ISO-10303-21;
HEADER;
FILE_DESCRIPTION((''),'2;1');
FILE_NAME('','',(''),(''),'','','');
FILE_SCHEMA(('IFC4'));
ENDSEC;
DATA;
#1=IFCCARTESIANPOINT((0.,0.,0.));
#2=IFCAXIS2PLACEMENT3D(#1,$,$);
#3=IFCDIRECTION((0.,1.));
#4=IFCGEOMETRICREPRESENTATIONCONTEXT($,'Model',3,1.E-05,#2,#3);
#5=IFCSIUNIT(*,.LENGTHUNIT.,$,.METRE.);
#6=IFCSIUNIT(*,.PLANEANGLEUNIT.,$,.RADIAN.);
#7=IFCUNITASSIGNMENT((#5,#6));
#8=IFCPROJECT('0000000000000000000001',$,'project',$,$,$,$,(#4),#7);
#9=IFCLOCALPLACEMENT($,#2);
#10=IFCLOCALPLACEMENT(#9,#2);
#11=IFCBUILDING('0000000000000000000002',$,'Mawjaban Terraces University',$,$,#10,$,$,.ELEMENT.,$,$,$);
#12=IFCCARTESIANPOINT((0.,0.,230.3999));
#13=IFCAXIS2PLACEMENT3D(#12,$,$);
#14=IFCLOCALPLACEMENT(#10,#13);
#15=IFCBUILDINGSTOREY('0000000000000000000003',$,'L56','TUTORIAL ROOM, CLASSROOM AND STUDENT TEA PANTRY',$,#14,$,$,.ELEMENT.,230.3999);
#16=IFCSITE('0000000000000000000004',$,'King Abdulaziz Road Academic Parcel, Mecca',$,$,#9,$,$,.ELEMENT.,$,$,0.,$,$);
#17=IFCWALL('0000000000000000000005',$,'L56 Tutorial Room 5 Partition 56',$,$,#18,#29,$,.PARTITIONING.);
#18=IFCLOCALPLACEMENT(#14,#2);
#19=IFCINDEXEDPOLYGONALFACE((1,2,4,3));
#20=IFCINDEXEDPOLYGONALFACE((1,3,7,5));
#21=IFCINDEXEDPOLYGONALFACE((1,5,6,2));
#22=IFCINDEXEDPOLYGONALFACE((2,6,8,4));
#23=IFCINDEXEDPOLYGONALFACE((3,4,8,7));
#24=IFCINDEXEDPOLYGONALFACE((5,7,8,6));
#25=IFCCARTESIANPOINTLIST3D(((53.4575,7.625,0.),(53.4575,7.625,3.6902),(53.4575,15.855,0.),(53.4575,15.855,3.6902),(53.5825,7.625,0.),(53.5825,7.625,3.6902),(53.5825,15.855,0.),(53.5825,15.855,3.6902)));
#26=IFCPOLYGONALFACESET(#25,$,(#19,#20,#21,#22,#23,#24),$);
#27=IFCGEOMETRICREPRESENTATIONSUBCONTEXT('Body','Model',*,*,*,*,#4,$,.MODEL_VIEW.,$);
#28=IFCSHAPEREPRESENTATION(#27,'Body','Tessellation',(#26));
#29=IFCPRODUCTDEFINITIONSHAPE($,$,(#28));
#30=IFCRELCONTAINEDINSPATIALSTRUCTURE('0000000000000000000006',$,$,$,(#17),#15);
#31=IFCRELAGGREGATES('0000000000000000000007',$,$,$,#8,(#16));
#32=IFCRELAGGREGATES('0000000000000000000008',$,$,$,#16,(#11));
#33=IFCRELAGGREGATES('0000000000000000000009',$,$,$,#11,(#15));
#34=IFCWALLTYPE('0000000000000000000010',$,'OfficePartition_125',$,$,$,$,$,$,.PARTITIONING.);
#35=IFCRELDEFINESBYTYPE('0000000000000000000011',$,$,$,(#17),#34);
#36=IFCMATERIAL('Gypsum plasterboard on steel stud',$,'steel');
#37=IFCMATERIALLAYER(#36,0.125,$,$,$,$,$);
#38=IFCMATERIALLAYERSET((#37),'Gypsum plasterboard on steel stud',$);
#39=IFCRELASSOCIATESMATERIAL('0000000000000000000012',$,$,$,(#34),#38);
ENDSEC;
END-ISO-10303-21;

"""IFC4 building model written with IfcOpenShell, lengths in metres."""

from ifc_helpers import new_model, si_unit, direction, frame, frame_2d, origin, place, context, subcontext, project, spatial, rectangle, extrude, material, layer, layer_set, type_object, element, save


model = new_model("IFC4")

# Units and contexts
model_context = context("Model", 3, precision=1e-05, world=origin(), true_north=direction((0.0, 1.0)))
body_context = subcontext(model_context, "Body", "Model", "MODEL_VIEW")
ifc_project = project(units=[si_unit("LENGTHUNIT", "METRE"), si_unit("PLANEANGLEUNIT", "RADIAN")], contexts=[model_context])

# Site, building, storey
site_placement = place(None, origin())
site = spatial("IfcSite", under=ifc_project, at=site_placement, Name="King Abdulaziz Road Academic Parcel, Mecca", CompositionType="ELEMENT", RefElevation=0.0)
building_placement = place(site_placement, origin())
building = spatial("IfcBuilding", under=site, at=building_placement, Name="Mawjaban Terraces University", CompositionType="ELEMENT")
storey_placement = place(building_placement, frame((0.0, 0.0, 230.3999)))
storey = spatial("IfcBuildingStorey", under=building, at=storey_placement, Name="L56", Description="TUTORIAL ROOM, CLASSROOM AND STUDENT TEA PANTRY", CompositionType="ELEMENT", Elevation=230.3999)

# Wall
ifc_material_1 = material(Name="Gypsum plasterboard on steel stud", Category="steel")
ifc_layer_1 = layer(ifc_material_1, 0.125)
ifc_layer_set_1 = layer_set([ifc_layer_1], Name="Gypsum plasterboard on steel stud")
wall_type_1 = type_object("IfcWallType", Name="OfficePartition_125", PredefinedType="PARTITIONING", material=ifc_layer_set_1)
wall_1_placement = place(storey_placement, frame((53.52, 7.625, 0.0), z_axis=(0.0, 0.0, 1.0), x_axis=(0.0, 1.0, 0.0)))
element("IfcWall", 1, at=wall_1_placement, inside=storey, type_object=wall_type_1, Name="L56 Tutorial Room 5 Partition 56", PredefinedType="PARTITIONING", context=body_context, shape_type="SweptSolid", body=[
    extrude(rectangle(XDim=8.23, YDim=0.125, at=frame_2d((4.115, 0.0))), origin(), (0.0, 0.0, 1.0), 3.6902),
])

save(model, "model.ifc")
